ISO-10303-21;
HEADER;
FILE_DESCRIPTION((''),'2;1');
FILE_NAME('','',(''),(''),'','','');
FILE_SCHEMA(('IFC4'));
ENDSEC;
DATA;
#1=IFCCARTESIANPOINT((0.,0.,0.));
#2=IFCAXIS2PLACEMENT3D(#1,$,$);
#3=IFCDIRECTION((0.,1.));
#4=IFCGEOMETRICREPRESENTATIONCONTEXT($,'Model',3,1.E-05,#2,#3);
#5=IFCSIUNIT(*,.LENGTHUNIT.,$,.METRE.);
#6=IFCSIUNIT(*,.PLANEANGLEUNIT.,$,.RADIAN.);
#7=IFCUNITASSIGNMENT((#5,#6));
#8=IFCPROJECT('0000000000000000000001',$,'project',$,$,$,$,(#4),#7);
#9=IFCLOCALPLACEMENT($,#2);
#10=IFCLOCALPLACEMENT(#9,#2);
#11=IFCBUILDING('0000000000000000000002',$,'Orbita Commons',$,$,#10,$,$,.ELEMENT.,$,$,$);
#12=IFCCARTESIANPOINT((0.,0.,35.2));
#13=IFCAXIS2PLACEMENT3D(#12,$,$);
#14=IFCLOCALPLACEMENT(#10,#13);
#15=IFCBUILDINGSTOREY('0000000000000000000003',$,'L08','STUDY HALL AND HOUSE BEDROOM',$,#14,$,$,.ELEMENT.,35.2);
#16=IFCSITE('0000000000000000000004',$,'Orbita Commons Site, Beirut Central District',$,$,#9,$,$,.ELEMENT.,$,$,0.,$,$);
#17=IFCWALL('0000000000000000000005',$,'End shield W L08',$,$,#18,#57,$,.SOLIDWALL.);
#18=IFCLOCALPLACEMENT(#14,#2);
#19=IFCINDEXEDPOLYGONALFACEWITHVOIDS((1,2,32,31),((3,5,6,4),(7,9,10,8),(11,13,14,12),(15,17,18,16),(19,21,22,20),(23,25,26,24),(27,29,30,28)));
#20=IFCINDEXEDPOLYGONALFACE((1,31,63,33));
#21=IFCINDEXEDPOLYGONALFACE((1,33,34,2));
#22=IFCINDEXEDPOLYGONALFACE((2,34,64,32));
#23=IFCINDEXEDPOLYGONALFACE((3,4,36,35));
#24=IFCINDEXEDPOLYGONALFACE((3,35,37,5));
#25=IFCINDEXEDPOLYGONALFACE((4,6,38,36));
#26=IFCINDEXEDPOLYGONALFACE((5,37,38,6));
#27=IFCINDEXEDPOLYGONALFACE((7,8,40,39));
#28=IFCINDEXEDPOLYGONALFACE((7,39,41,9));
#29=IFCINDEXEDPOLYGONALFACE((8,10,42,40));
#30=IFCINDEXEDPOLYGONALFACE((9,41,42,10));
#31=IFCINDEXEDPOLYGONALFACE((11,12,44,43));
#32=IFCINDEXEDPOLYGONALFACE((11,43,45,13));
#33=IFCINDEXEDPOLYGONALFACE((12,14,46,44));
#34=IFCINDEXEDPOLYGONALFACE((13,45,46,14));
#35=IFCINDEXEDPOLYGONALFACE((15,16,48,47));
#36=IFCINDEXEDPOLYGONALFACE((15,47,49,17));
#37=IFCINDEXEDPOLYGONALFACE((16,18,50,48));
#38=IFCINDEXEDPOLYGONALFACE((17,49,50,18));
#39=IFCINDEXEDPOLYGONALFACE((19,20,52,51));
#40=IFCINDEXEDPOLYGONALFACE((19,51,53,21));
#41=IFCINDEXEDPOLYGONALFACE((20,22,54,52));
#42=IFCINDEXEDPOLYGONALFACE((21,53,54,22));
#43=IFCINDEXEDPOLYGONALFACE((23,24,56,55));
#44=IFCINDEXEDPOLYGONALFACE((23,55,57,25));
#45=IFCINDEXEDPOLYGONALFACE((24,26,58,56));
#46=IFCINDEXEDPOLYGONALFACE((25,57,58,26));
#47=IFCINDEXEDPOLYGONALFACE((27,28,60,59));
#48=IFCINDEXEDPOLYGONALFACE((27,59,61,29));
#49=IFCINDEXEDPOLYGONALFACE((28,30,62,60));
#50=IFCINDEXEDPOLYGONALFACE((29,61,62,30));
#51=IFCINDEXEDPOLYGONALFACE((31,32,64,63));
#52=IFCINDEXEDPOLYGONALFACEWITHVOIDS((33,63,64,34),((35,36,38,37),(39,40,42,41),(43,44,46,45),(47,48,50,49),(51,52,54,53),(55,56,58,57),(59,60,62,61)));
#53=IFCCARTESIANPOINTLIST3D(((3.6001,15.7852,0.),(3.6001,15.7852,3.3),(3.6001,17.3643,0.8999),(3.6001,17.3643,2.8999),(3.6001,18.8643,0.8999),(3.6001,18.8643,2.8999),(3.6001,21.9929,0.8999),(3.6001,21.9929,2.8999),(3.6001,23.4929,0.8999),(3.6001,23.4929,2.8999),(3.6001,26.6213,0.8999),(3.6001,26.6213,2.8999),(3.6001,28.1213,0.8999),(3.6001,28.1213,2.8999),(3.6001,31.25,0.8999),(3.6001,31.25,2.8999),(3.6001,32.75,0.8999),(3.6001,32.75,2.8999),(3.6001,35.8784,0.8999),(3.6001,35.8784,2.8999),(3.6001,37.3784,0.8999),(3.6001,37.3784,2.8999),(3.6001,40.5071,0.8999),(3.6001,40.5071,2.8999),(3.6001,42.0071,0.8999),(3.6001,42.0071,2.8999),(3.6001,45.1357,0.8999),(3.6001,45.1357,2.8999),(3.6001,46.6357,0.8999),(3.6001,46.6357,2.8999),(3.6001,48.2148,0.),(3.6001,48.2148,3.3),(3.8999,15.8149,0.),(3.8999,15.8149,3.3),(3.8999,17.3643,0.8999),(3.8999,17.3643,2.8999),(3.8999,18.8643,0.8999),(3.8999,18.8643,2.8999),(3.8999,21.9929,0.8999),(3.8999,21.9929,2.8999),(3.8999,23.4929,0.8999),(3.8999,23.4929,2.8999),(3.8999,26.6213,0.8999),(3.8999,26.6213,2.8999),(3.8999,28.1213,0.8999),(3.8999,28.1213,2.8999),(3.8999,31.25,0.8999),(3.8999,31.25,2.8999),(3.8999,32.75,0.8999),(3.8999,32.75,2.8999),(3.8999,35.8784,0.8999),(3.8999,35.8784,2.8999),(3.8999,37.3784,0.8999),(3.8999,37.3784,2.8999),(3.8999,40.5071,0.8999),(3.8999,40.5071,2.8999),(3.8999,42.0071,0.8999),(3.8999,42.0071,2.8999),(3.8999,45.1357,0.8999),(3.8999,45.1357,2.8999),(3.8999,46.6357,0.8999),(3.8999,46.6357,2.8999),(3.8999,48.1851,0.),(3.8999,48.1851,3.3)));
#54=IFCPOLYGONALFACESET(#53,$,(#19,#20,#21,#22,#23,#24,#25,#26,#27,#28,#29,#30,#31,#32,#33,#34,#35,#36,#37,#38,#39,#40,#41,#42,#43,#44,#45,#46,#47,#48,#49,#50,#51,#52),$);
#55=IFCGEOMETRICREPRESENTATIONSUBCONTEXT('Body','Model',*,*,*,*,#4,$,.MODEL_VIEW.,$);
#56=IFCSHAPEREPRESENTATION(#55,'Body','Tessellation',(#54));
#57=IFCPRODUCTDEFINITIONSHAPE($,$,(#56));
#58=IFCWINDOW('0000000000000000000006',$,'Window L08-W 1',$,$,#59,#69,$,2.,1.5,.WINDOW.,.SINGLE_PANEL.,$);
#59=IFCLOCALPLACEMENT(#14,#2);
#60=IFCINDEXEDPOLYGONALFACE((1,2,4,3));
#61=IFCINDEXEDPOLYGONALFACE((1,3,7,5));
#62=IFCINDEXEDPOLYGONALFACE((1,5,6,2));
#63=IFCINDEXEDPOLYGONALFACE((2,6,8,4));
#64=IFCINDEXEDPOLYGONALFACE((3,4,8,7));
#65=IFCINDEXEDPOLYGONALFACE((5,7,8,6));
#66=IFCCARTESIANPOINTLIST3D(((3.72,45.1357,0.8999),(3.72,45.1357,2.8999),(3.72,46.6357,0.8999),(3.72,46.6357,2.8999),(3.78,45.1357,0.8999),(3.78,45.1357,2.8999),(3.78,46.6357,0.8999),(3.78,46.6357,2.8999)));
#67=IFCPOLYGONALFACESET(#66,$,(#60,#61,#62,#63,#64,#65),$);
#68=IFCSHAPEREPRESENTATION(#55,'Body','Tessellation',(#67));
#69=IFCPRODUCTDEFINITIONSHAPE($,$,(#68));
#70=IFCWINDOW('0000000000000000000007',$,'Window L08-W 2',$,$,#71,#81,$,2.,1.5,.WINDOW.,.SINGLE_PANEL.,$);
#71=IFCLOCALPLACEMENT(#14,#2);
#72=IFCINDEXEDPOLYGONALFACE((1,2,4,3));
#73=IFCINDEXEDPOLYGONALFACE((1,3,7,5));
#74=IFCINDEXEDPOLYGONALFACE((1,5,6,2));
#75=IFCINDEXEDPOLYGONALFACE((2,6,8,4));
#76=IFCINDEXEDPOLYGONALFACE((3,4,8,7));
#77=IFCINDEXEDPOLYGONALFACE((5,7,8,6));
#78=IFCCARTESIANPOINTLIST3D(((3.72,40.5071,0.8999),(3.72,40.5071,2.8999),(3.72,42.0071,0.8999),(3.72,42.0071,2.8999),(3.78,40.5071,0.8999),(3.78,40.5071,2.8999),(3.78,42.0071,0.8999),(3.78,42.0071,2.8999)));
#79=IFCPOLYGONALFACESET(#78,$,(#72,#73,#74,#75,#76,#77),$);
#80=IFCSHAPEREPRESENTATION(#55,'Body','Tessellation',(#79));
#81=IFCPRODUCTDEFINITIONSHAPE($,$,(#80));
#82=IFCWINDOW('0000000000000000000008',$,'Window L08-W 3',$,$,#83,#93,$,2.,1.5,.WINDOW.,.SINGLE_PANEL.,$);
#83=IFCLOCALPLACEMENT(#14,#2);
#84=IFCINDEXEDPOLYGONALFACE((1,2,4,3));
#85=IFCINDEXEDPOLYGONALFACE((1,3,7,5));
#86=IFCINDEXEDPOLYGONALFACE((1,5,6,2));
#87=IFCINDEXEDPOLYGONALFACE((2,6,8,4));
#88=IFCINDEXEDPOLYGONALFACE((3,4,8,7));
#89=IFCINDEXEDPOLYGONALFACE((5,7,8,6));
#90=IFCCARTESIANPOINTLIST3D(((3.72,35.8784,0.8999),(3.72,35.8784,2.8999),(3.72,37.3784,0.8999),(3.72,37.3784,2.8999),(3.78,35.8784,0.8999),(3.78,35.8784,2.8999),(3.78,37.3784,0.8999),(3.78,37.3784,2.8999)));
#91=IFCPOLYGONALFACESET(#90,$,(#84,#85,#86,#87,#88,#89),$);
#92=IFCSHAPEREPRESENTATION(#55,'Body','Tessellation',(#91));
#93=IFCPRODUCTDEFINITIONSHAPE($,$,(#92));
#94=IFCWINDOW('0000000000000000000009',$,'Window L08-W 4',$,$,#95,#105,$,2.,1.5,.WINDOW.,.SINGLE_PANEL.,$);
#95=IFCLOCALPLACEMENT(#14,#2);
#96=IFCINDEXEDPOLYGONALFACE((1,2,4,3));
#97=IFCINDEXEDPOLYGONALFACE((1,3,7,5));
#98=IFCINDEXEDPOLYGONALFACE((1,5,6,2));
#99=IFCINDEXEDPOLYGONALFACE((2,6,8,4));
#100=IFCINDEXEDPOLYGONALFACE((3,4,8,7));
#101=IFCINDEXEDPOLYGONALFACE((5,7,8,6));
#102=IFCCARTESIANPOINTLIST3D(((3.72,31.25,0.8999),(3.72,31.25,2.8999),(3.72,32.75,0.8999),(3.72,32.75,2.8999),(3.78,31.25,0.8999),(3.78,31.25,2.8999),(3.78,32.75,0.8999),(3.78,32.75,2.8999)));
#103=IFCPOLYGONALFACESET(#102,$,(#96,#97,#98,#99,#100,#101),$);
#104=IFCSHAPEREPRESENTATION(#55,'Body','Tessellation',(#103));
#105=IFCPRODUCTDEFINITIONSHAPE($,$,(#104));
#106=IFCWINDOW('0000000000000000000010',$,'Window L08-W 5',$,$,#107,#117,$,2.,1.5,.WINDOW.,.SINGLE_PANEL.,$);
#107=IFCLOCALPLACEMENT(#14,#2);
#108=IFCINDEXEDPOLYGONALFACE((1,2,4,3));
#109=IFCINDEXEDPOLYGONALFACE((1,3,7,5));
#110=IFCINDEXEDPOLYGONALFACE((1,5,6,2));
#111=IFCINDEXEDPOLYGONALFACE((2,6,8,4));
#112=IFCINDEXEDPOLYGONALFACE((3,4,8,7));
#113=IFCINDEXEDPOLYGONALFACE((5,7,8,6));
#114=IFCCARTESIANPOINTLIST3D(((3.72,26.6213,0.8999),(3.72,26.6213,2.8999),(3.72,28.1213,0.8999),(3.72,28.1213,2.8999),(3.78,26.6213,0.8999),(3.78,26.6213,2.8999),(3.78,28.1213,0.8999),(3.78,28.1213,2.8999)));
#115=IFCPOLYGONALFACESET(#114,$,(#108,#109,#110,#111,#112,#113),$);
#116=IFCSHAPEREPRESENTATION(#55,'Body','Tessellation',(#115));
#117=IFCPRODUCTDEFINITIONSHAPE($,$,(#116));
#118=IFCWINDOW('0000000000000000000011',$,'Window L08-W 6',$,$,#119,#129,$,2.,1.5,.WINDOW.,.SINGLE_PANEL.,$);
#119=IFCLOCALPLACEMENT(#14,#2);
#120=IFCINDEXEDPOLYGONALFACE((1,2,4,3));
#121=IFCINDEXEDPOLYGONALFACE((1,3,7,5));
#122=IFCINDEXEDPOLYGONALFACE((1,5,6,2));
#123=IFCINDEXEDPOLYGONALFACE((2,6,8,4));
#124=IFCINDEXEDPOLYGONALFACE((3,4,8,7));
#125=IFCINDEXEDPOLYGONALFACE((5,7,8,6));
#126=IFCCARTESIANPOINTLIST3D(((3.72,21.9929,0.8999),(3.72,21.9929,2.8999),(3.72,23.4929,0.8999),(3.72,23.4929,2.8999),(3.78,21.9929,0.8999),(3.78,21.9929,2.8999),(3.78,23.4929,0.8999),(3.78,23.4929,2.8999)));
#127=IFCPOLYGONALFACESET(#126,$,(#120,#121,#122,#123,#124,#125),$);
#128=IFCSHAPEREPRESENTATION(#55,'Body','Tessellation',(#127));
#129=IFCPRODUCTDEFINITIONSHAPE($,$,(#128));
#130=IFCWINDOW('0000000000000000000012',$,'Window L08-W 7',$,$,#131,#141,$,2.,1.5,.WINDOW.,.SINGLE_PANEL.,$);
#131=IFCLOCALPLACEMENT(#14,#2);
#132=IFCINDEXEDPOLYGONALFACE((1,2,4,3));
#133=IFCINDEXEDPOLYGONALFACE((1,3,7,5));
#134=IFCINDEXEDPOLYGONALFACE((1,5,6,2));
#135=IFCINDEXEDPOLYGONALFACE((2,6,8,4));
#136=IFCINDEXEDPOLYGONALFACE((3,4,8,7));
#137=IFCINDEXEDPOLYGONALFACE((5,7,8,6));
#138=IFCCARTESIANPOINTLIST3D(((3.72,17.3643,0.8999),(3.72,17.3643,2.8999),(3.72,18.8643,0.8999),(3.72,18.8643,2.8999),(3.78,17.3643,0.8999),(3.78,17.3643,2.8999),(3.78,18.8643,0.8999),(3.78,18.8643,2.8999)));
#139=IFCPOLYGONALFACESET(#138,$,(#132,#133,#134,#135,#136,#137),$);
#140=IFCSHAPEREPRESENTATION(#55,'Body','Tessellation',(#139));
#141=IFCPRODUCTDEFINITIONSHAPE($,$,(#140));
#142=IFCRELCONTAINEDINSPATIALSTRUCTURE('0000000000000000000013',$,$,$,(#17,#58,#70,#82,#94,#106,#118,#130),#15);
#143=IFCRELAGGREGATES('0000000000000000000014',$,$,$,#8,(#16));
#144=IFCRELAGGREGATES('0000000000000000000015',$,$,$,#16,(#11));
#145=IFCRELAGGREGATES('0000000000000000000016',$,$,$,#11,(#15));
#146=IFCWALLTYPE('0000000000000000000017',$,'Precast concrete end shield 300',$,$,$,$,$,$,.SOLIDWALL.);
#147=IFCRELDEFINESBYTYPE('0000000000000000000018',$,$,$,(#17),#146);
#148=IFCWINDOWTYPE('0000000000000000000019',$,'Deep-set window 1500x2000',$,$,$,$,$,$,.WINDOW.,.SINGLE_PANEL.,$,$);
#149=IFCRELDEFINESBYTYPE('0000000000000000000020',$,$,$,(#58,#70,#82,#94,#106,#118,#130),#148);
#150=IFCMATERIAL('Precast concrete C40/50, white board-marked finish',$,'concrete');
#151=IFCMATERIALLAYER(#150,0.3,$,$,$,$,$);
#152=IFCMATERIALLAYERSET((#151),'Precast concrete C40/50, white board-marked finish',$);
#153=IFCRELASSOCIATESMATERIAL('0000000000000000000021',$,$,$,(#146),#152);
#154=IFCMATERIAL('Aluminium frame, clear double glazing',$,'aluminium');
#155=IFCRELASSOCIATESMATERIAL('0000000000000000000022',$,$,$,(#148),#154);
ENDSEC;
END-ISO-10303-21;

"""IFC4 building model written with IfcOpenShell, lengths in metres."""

from ifc_helpers import new_model, si_unit, direction, frame, frame_2d, origin, place, context, subcontext, project, spatial, polyline, rectangle, outline, extrude, material, layer, layer_set, type_object, element, fill, save


model = new_model("IFC4")

# Units and contexts
model_context = context("Model", 3, precision=1e-05, world=origin(), true_north=direction((0.0, 1.0)))
body_context = subcontext(model_context, "Body", "Model", "MODEL_VIEW")
ifc_project = project(units=[si_unit("LENGTHUNIT", "METRE"), si_unit("PLANEANGLEUNIT", "RADIAN")], contexts=[model_context])

# Site, building, storey
site_placement = place(None, origin())
site = spatial("IfcSite", under=ifc_project, at=site_placement, Name="Orbita Commons Site, Beirut Central District", CompositionType="ELEMENT", RefElevation=0.0)
building_placement = place(site_placement, origin())
building = spatial("IfcBuilding", under=site, at=building_placement, Name="Orbita Commons", CompositionType="ELEMENT")
storey_placement = place(building_placement, frame((0.0, 0.0, 35.2)))
storey = spatial("IfcBuildingStorey", under=building, at=storey_placement, Name="L08", Description="STUDY HALL AND HOUSE BEDROOM", CompositionType="ELEMENT", Elevation=35.2)

# Wall, openings, windows
ifc_material_1 = material(Name="Precast concrete C40/50, white board-marked finish", Category="concrete")
ifc_layer_1 = layer(ifc_material_1, 0.3)
ifc_layer_set_1 = layer_set([ifc_layer_1], Name="Precast concrete C40/50, white board-marked finish")
wall_type_1 = type_object("IfcWallType", Name="Precast concrete end shield 300", PredefinedType="SOLIDWALL", material=ifc_layer_set_1)
wall_1_placement = place(storey_placement, frame((3.75, 48.2, 0.0), z_axis=(0.0, 0.0, 1.0), x_axis=(0.0, -1.0, 0.0)))
wall_1 = element("IfcWall", 1, at=wall_1_placement, inside=storey, type_object=wall_type_1, Name="End shield W L08", PredefinedType="SOLIDWALL", context=body_context, shape_type="SweptSolid", body=[
    extrude(outline(polyline([(-0.0149, -0.1499), (32.4148, -0.1499), (32.385, 0.1499), (0.0149, 0.1499), (-0.0149, -0.1499)])), origin(), (0.0, 0.0, 1.0), 3.3),
])
opening_1_placement = place(wall_1_placement, frame((1.5642, 0.0, 0.8999)))
opening_1 = element("IfcOpeningElement", 2, at=opening_1_placement, cuts=wall_1, PredefinedType="OPENING", context=body_context, shape_type="SweptSolid", body=[
    extrude(rectangle(XDim=1.5, YDim=2.0, at=frame_2d((0.75, 1.0))), frame((0.0, 0.1599, 0.0), z_axis=(0.0, -1.0, 0.0), x_axis=(1.0, 0.0, 0.0)), (0.0, 0.0, 1.0), 0.3201),
])
opening_2_placement = place(wall_1_placement, frame((6.1929, 0.0, 0.8999)))
opening_2 = element("IfcOpeningElement", 3, at=opening_2_placement, cuts=wall_1, PredefinedType="OPENING", context=body_context, shape_type="SweptSolid", body=[
    extrude(rectangle(XDim=1.5, YDim=2.0, at=frame_2d((0.75, 1.0))), frame((0.0, 0.1599, 0.0), z_axis=(0.0, -1.0, 0.0), x_axis=(1.0, 0.0, 0.0)), (0.0, 0.0, 1.0), 0.3201),
])
opening_3_placement = place(wall_1_placement, frame((10.8215, 0.0, 0.8999)))
opening_3 = element("IfcOpeningElement", 4, at=opening_3_placement, cuts=wall_1, PredefinedType="OPENING", context=body_context, shape_type="SweptSolid", body=[
    extrude(rectangle(XDim=1.5, YDim=2.0, at=frame_2d((0.75, 1.0))), frame((0.0, 0.1599, 0.0), z_axis=(0.0, -1.0, 0.0), x_axis=(1.0, 0.0, 0.0)), (0.0, 0.0, 1.0), 0.3201),
])
opening_4_placement = place(wall_1_placement, frame((15.45, 0.0, 0.8999)))
opening_4 = element("IfcOpeningElement", 5, at=opening_4_placement, cuts=wall_1, PredefinedType="OPENING", context=body_context, shape_type="SweptSolid", body=[
    extrude(rectangle(XDim=1.5, YDim=2.0, at=frame_2d((0.75, 1.0))), frame((0.0, 0.1599, 0.0), z_axis=(0.0, -1.0, 0.0), x_axis=(1.0, 0.0, 0.0)), (0.0, 0.0, 1.0), 0.3201),
])
opening_5_placement = place(wall_1_placement, frame((20.0786, 0.0, 0.8999)))
opening_5 = element("IfcOpeningElement", 6, at=opening_5_placement, cuts=wall_1, PredefinedType="OPENING", context=body_context, shape_type="SweptSolid", body=[
    extrude(rectangle(XDim=1.5, YDim=2.0, at=frame_2d((0.75, 1.0))), frame((0.0, 0.1599, 0.0), z_axis=(0.0, -1.0, 0.0), x_axis=(1.0, 0.0, 0.0)), (0.0, 0.0, 1.0), 0.3201),
])
opening_6_placement = place(wall_1_placement, frame((24.707, 0.0, 0.8999)))
opening_6 = element("IfcOpeningElement", 7, at=opening_6_placement, cuts=wall_1, PredefinedType="OPENING", context=body_context, shape_type="SweptSolid", body=[
    extrude(rectangle(XDim=1.5, YDim=2.0, at=frame_2d((0.75, 1.0))), frame((0.0, 0.1599, 0.0), z_axis=(0.0, -1.0, 0.0), x_axis=(1.0, 0.0, 0.0)), (0.0, 0.0, 1.0), 0.3201),
])
opening_7_placement = place(wall_1_placement, frame((29.3357, 0.0, 0.8999)))
opening_7 = element("IfcOpeningElement", 8, at=opening_7_placement, cuts=wall_1, PredefinedType="OPENING", context=body_context, shape_type="SweptSolid", body=[
    extrude(rectangle(XDim=1.5, YDim=2.0, at=frame_2d((0.75, 1.0))), frame((0.0, 0.1599, 0.0), z_axis=(0.0, -1.0, 0.0), x_axis=(1.0, 0.0, 0.0)), (0.0, 0.0, 1.0), 0.3201),
])
ifc_material_2 = material(Name="Aluminium frame, clear double glazing", Category="aluminium")
window_type = type_object("IfcWindowType", Name="Deep-set window 1500x2000", PartitioningType="SINGLE_PANEL", PredefinedType="WINDOW", material=ifc_material_2)
window_1_placement = place(opening_1_placement, origin())
window_1 = element("IfcWindow", 9, at=window_1_placement, inside=storey, type_object=window_type, Name="Window L08-W 1", OverallHeight=2.0, OverallWidth=1.5, PartitioningType="SINGLE_PANEL", PredefinedType="WINDOW", context=body_context, shape_type="SweptSolid", body=[
    extrude(rectangle(XDim=1.5, YDim=2.0, at=frame_2d((0.75, 1.0))), frame((0.0, 0.03, 0.0), z_axis=(0.0, -1.0, 0.0), x_axis=(1.0, 0.0, 0.0)), (0.0, 0.0, 1.0), 0.0601),
])
fill(opening_1, window_1)
window_2_placement = place(opening_2_placement, origin())
window_2 = element("IfcWindow", 10, at=window_2_placement, inside=storey, type_object=window_type, Name="Window L08-W 2", OverallHeight=2.0, OverallWidth=1.5, PartitioningType="SINGLE_PANEL", PredefinedType="WINDOW", context=body_context, shape_type="SweptSolid", body=[
    extrude(rectangle(XDim=1.5, YDim=2.0, at=frame_2d((0.75, 1.0))), frame((0.0, 0.03, 0.0), z_axis=(0.0, -1.0, 0.0), x_axis=(1.0, 0.0, 0.0)), (0.0, 0.0, 1.0), 0.0601),
])
fill(opening_2, window_2)
window_3_placement = place(opening_3_placement, origin())
window_3 = element("IfcWindow", 11, at=window_3_placement, inside=storey, type_object=window_type, Name="Window L08-W 3", OverallHeight=2.0, OverallWidth=1.5, PartitioningType="SINGLE_PANEL", PredefinedType="WINDOW", context=body_context, shape_type="SweptSolid", body=[
    extrude(rectangle(XDim=1.5, YDim=2.0, at=frame_2d((0.75, 1.0))), frame((0.0, 0.03, 0.0), z_axis=(0.0, -1.0, 0.0), x_axis=(1.0, 0.0, 0.0)), (0.0, 0.0, 1.0), 0.0601),
])
fill(opening_3, window_3)
window_4_placement = place(opening_4_placement, origin())
window_4 = element("IfcWindow", 12, at=window_4_placement, inside=storey, type_object=window_type, Name="Window L08-W 4", OverallHeight=2.0, OverallWidth=1.5, PartitioningType="SINGLE_PANEL", PredefinedType="WINDOW", context=body_context, shape_type="SweptSolid", body=[
    extrude(rectangle(XDim=1.5, YDim=2.0, at=frame_2d((0.75, 1.0))), frame((0.0, 0.03, 0.0), z_axis=(0.0, -1.0, 0.0), x_axis=(1.0, 0.0, 0.0)), (0.0, 0.0, 1.0), 0.0601),
])
fill(opening_4, window_4)
window_5_placement = place(opening_5_placement, origin())
window_5 = element("IfcWindow", 13, at=window_5_placement, inside=storey, type_object=window_type, Name="Window L08-W 5", OverallHeight=2.0, OverallWidth=1.5, PartitioningType="SINGLE_PANEL", PredefinedType="WINDOW", context=body_context, shape_type="SweptSolid", body=[
    extrude(rectangle(XDim=1.5, YDim=2.0, at=frame_2d((0.75, 1.0))), frame((0.0, 0.03, 0.0), z_axis=(0.0, -1.0, 0.0), x_axis=(1.0, 0.0, 0.0)), (0.0, 0.0, 1.0), 0.0601),
])
fill(opening_5, window_5)
window_6_placement = place(opening_6_placement, origin())
window_6 = element("IfcWindow", 14, at=window_6_placement, inside=storey, type_object=window_type, Name="Window L08-W 6", OverallHeight=2.0, OverallWidth=1.5, PartitioningType="SINGLE_PANEL", PredefinedType="WINDOW", context=body_context, shape_type="SweptSolid", body=[
    extrude(rectangle(XDim=1.5, YDim=2.0, at=frame_2d((0.75, 1.0))), frame((0.0, 0.03, 0.0), z_axis=(0.0, -1.0, 0.0), x_axis=(1.0, 0.0, 0.0)), (0.0, 0.0, 1.0), 0.0601),
])
fill(opening_6, window_6)
window_7_placement = place(opening_7_placement, origin())
window_7 = element("IfcWindow", 15, at=window_7_placement, inside=storey, type_object=window_type, Name="Window L08-W 7", OverallHeight=2.0, OverallWidth=1.5, PartitioningType="SINGLE_PANEL", PredefinedType="WINDOW", context=body_context, shape_type="SweptSolid", body=[
    extrude(rectangle(XDim=1.5, YDim=2.0, at=frame_2d((0.75, 1.0))), frame((0.0, 0.03, 0.0), z_axis=(0.0, -1.0, 0.0), x_axis=(1.0, 0.0, 0.0)), (0.0, 0.0, 1.0), 0.0601),
])
fill(opening_7, window_7)

save(model, "model.ifc")
